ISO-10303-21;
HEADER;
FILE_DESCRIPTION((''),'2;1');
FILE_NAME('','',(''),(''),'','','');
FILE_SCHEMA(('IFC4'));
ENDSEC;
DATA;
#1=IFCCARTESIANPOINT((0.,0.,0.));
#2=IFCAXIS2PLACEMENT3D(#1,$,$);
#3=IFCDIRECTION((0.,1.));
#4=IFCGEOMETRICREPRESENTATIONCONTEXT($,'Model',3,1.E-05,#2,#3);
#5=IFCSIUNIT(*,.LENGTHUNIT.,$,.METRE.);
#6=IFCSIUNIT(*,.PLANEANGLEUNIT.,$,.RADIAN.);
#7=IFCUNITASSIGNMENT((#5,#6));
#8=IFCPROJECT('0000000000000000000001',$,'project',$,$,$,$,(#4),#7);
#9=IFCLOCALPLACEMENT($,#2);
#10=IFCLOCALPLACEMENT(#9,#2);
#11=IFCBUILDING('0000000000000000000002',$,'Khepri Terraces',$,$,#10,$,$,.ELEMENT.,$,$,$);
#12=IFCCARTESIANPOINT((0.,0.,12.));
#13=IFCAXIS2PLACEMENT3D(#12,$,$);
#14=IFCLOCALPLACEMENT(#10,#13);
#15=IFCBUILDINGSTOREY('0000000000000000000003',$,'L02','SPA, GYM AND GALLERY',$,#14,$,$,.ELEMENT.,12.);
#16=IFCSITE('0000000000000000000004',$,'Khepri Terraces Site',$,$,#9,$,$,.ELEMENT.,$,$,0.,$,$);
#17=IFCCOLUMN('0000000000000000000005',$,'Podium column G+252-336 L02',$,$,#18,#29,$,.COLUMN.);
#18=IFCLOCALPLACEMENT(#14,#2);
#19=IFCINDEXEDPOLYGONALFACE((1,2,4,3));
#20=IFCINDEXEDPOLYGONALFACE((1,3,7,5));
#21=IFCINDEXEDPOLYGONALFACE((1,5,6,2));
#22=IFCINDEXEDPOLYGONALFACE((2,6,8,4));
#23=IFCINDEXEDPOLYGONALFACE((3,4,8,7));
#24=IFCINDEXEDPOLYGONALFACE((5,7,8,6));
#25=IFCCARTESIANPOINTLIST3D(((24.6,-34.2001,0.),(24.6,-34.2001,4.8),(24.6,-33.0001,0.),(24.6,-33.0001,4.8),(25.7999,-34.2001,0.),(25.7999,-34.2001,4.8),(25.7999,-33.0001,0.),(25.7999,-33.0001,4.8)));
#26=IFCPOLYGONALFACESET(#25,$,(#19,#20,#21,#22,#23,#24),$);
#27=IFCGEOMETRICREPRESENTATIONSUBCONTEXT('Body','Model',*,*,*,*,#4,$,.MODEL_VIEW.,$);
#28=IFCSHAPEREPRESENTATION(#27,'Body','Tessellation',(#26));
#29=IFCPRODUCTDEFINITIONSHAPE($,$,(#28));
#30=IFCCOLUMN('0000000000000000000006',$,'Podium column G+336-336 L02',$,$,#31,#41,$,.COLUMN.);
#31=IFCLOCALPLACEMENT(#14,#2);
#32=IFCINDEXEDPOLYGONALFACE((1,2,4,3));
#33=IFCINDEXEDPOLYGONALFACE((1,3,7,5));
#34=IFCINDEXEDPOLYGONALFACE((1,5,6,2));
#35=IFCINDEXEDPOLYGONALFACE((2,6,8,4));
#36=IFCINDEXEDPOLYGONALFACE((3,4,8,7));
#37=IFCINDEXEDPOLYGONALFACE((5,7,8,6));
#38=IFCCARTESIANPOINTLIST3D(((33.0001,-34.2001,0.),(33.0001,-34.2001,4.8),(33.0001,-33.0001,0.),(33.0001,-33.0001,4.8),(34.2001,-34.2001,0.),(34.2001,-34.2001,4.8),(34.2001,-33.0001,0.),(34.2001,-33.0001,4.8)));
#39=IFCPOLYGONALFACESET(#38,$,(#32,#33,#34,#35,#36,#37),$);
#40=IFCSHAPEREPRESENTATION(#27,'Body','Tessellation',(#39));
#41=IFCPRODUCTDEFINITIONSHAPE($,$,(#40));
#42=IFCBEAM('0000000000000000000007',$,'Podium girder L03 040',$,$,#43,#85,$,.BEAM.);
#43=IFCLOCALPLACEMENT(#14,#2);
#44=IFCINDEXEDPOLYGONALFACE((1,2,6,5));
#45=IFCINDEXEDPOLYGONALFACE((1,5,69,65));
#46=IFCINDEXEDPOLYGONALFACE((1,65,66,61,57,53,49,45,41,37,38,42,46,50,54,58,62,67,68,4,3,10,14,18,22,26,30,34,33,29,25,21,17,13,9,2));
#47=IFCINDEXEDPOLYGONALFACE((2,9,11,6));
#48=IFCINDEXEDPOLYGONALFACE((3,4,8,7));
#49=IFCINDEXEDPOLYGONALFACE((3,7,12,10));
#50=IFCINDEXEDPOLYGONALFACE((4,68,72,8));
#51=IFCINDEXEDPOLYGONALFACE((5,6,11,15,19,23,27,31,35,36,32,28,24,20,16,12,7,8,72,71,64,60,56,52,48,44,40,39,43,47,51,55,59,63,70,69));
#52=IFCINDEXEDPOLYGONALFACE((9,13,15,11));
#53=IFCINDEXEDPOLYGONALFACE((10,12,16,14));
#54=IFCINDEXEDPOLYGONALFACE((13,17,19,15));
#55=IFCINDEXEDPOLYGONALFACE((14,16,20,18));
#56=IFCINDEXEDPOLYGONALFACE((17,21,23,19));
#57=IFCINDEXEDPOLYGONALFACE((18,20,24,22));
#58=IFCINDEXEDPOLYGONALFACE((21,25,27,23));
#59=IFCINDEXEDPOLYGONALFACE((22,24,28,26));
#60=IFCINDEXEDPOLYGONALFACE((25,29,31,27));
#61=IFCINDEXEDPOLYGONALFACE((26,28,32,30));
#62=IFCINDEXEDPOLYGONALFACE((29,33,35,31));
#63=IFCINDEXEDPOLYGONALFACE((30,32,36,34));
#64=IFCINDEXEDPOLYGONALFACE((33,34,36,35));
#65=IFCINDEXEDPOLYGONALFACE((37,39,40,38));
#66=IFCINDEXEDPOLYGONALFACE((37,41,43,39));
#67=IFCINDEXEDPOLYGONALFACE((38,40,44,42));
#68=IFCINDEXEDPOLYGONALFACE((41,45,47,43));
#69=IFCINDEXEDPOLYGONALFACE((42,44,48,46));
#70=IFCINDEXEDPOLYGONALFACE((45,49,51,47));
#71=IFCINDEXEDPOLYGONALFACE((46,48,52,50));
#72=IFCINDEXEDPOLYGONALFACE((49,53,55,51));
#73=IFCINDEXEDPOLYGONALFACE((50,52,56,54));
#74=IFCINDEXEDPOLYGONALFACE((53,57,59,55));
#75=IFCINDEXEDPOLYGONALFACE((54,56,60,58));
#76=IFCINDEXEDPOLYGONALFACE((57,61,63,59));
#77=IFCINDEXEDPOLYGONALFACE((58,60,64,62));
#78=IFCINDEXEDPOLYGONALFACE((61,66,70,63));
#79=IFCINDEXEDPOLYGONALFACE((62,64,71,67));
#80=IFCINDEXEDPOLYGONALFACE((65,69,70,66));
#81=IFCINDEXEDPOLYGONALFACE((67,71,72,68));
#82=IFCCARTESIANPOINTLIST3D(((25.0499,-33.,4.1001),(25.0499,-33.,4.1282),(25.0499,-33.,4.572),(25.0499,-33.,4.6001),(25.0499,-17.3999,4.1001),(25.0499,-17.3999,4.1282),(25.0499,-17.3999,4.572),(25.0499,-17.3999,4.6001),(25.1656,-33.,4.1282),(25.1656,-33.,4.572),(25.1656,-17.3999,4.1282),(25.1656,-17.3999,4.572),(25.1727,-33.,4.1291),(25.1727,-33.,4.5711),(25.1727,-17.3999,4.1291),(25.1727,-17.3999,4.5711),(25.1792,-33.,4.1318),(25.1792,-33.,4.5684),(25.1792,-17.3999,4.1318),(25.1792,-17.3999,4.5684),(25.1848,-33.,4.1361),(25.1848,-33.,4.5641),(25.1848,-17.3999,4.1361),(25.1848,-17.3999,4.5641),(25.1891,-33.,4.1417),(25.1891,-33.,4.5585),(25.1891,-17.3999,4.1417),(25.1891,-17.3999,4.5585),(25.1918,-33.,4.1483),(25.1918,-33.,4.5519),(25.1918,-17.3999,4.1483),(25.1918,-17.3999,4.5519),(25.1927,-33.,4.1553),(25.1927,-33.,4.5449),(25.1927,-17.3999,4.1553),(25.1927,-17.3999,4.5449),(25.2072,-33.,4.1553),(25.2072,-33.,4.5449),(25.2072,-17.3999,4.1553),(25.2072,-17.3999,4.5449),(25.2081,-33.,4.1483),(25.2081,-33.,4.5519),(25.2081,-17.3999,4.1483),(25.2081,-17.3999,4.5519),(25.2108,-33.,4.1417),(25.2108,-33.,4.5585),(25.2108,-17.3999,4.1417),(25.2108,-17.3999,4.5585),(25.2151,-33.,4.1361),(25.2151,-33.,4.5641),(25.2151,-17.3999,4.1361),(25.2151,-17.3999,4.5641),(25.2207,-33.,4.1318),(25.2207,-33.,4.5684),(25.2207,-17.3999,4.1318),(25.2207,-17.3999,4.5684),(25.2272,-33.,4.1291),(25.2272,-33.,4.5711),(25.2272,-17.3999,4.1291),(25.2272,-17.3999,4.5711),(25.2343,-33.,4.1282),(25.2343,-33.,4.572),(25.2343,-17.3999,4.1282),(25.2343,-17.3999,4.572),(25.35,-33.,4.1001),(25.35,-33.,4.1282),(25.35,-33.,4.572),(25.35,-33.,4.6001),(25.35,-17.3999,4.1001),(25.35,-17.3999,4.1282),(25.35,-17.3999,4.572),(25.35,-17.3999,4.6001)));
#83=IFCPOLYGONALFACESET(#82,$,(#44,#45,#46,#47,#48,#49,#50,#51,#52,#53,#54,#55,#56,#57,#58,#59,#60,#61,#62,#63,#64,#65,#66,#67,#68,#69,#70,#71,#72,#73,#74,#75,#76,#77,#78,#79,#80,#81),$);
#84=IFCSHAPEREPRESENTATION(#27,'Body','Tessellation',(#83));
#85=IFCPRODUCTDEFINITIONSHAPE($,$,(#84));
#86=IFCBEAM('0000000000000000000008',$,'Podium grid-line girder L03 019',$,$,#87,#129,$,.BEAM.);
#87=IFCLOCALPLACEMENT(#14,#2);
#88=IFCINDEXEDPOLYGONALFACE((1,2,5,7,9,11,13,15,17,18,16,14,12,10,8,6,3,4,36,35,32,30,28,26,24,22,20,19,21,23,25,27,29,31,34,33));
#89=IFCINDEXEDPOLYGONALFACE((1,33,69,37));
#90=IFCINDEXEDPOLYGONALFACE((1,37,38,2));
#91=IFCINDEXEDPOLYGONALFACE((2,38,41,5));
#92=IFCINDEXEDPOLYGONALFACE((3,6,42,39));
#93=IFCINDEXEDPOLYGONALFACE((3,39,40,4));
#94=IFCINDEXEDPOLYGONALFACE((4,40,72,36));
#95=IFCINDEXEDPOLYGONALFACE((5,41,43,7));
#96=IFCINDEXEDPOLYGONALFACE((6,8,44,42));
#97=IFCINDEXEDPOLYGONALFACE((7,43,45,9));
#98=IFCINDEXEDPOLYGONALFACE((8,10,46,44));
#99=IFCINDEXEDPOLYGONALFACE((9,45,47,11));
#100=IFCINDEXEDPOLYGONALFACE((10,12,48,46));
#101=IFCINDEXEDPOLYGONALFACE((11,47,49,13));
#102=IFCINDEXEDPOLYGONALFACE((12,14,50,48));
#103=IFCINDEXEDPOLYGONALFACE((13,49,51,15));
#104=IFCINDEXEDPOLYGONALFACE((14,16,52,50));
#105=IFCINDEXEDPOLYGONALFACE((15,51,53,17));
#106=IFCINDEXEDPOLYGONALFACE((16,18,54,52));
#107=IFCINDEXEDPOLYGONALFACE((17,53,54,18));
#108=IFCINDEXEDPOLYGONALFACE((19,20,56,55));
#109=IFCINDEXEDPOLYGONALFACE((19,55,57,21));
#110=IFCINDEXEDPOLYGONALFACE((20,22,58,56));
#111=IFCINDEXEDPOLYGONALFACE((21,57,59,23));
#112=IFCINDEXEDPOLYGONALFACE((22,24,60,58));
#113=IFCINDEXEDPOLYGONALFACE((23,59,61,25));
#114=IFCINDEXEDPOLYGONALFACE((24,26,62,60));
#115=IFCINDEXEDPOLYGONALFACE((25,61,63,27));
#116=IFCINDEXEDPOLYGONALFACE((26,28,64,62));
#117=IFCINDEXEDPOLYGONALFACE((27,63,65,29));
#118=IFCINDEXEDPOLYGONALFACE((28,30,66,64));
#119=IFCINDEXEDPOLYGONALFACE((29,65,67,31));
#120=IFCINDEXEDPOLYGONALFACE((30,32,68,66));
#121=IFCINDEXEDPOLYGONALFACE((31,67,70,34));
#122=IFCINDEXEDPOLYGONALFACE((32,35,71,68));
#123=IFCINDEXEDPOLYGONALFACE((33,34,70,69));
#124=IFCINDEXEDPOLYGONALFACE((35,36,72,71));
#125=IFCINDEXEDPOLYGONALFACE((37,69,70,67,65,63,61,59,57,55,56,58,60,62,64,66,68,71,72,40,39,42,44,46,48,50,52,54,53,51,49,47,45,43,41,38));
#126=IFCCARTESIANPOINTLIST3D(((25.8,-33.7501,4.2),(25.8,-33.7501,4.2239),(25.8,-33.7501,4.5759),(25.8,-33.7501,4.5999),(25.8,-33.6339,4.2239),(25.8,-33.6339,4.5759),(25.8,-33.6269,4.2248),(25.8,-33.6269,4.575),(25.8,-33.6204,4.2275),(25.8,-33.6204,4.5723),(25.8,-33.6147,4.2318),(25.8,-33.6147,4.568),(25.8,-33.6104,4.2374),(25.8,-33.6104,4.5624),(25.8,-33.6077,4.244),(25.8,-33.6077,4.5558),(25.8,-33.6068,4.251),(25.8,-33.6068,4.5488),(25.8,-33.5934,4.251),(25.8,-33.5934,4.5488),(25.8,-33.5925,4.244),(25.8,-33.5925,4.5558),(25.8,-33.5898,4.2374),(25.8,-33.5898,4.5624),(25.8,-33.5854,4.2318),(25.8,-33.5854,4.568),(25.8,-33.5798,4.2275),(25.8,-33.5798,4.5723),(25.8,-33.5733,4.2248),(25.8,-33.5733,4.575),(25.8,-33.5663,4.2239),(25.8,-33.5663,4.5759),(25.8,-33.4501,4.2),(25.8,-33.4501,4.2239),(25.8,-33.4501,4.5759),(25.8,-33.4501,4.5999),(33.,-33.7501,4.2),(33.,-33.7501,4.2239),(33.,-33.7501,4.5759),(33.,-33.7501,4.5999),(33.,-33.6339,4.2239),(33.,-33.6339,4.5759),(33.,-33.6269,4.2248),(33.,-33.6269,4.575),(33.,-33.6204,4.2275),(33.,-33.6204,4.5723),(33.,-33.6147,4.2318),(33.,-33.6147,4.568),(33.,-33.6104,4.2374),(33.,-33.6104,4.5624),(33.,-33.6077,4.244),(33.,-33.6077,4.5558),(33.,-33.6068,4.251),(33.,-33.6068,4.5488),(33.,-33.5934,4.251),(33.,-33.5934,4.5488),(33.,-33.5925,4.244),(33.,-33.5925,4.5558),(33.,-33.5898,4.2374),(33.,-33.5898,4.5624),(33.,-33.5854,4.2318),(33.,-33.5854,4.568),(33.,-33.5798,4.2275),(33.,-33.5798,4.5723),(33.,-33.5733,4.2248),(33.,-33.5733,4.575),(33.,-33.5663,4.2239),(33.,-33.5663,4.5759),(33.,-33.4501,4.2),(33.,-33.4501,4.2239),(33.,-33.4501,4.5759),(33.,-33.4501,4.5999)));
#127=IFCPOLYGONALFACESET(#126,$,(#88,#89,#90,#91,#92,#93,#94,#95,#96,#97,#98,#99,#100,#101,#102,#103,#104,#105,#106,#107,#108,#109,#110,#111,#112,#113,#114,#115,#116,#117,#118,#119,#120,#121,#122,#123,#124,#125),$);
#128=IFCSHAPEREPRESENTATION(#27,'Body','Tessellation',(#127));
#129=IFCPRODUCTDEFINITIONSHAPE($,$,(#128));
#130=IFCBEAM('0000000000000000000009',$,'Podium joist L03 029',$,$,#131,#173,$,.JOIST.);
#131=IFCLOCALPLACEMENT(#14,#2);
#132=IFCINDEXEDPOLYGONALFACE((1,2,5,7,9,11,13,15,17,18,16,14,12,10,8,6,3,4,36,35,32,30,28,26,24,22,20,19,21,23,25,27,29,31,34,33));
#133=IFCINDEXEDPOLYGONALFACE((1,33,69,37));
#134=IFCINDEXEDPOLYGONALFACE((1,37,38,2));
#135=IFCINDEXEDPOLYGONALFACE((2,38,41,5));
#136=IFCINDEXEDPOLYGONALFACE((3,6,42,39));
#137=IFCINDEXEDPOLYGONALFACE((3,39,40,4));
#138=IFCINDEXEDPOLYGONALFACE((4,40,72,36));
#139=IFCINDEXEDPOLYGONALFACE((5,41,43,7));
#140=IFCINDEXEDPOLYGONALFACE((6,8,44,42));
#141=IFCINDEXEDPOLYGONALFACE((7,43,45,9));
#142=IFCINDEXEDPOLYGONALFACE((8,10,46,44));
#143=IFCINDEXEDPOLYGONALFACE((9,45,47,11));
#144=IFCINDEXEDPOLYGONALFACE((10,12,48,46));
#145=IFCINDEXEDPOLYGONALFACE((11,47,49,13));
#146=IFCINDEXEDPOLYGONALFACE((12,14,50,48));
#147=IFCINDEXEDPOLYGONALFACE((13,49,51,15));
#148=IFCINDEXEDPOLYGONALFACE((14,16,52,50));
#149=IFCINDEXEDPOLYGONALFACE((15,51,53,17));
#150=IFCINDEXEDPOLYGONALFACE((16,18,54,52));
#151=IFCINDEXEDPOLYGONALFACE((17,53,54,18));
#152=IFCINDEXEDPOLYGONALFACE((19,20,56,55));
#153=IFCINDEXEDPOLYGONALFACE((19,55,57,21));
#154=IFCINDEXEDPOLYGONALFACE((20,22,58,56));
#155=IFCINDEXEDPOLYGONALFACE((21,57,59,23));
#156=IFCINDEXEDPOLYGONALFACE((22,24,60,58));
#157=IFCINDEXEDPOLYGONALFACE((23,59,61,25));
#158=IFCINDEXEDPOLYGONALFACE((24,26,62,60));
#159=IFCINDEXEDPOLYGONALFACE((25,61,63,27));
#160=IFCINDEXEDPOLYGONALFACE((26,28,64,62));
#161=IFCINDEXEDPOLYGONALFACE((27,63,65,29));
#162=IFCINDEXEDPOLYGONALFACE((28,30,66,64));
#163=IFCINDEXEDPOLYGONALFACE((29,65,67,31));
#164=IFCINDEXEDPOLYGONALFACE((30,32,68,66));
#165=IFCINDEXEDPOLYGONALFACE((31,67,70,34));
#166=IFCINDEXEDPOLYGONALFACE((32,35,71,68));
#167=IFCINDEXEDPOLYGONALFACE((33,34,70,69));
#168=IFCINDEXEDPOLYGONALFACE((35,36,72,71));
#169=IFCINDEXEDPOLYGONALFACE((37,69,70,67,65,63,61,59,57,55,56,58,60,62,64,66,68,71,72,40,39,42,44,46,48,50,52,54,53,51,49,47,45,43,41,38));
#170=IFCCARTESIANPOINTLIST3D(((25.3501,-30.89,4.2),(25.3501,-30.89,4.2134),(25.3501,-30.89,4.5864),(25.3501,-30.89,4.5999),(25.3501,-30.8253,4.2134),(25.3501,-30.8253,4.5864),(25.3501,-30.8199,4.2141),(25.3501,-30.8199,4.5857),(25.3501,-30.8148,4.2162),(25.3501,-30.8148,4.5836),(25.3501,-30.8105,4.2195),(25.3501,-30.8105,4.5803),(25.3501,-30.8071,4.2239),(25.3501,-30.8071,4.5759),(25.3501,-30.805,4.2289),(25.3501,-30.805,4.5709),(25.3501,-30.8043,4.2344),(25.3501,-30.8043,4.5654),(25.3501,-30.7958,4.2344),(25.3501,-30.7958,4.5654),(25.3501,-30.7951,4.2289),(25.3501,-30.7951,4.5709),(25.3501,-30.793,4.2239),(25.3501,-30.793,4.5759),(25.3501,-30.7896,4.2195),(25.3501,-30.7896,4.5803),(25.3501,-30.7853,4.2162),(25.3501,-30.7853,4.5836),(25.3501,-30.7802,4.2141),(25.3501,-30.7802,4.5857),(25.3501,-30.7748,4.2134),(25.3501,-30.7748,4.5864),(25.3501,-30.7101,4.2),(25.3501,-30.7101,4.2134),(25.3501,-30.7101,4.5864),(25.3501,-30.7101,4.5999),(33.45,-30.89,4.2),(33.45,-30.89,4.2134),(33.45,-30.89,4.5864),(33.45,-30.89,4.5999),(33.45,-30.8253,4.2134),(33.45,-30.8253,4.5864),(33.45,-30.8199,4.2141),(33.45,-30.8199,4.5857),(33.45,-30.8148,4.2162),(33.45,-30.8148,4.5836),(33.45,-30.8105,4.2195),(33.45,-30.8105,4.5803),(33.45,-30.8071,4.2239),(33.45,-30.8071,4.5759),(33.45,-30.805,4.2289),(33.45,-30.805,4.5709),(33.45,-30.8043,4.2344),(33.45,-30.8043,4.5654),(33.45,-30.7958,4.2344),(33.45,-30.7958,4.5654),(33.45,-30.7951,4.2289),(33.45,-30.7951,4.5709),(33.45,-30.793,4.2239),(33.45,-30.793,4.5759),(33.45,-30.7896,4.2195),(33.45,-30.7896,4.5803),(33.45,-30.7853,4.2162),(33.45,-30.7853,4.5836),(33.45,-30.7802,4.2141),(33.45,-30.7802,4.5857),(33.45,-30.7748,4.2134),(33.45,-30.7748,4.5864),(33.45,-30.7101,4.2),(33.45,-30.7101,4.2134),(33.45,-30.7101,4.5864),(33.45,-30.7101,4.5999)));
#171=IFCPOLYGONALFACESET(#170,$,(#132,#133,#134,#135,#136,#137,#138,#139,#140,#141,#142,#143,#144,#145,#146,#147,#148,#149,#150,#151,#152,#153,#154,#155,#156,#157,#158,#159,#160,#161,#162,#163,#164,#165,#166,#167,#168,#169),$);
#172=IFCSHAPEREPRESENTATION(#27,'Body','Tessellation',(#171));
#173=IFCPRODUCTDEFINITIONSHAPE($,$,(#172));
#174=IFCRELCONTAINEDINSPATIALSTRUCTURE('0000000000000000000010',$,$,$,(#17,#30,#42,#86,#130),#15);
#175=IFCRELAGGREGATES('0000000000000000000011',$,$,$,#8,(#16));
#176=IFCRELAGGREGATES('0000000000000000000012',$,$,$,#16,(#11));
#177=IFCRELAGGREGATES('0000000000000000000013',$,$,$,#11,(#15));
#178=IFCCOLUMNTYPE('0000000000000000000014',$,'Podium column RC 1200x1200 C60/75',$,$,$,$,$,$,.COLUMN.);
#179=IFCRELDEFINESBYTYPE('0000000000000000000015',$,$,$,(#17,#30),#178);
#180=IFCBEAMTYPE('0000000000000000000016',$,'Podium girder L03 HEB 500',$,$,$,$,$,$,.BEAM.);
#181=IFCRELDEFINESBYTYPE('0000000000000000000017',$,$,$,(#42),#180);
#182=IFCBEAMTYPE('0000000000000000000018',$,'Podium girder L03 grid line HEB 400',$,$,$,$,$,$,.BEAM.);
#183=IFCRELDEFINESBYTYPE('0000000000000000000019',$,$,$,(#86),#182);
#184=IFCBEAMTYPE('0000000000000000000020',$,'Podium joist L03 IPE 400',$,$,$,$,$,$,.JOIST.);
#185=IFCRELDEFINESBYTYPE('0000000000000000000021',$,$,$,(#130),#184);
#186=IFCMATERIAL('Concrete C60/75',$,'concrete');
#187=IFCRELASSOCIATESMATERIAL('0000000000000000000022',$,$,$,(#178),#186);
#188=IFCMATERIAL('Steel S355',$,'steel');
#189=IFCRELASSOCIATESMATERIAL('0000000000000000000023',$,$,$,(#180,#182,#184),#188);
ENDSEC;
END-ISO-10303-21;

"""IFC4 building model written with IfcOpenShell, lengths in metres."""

from ifc_helpers import new_model, si_unit, direction, frame, origin, origin_2d, place, context, subcontext, project, spatial, rectangle, i_section, extrude, material, material_profile, profile_set, type_object, element, save


model = new_model("IFC4")

# Units and contexts
model_context = context("Model", 3, precision=1e-05, world=origin(), true_north=direction((0.0, 1.0)))
body_context = subcontext(model_context, "Body", "Model", "MODEL_VIEW")
ifc_project = project(units=[si_unit("LENGTHUNIT", "METRE"), si_unit("PLANEANGLEUNIT", "RADIAN")], contexts=[model_context])

# Site, building, storey
site_placement = place(None, origin())
site = spatial("IfcSite", under=ifc_project, at=site_placement, Name="Khepri Terraces Site", CompositionType="ELEMENT", RefElevation=0.0)
building_placement = place(site_placement, origin())
building = spatial("IfcBuilding", under=site, at=building_placement, Name="Khepri Terraces", CompositionType="ELEMENT")
storey_placement = place(building_placement, frame((0.0, 0.0, 12.0)))
storey = spatial("IfcBuildingStorey", under=building, at=storey_placement, Name="L02", Description="SPA, GYM AND GALLERY", CompositionType="ELEMENT", Elevation=12.0)

# Columns
ifc_material_1 = material(Name="Concrete C60/75", Category="concrete")
ifc_material_profile_1 = material_profile(ifc_material_1, rectangle(XDim=1.2, YDim=1.2, at=origin_2d()), Name="Concrete C60/75", Category="concrete")
ifc_profile_set_1 = profile_set([ifc_material_profile_1], Name="Concrete C60/75")
column_type = type_object("IfcColumnType", Name="Podium column RC 1200x1200 C60/75", PredefinedType="COLUMN", material=ifc_profile_set_1)
for number, where, z_axis, x_axis, name in (
    (1, (25.2, -33.6001, 0.0), (0.0, 0.0, 1.0), (1.0, 0.0, 0.0), "Podium column G+252-336 L02"),
    (2, (33.6001, -33.6001, 0.0), (0.0, 0.0, 1.0), (1.0, 0.0, 0.0), "Podium column G+336-336 L02"),
):
    element("IfcColumn", number, at=place(storey_placement, frame(where, z_axis=z_axis, x_axis=x_axis)), inside=storey, type_object=column_type, Name=name, PredefinedType="COLUMN", context=body_context, shape_type="SweptSolid", body=[
        extrude(rectangle(XDim=1.2, YDim=1.2, at=origin_2d()), origin(), (0.0, 0.0, 1.0), 4.8),
    ])

# Beams
ifc_material_2 = material(Name="Steel S355", Category="steel")
ifc_material_profile_2 = material_profile(ifc_material_2, i_section(OverallWidth=0.3, OverallDepth=0.5, WebThickness=0.0144, FlangeThickness=0.0281, FilletRadius=0.0271, at=origin_2d()), Name="Steel S355", Category="steel")
ifc_profile_set_2 = profile_set([ifc_material_profile_2], Name="Steel S355")
beam_type_1 = type_object("IfcBeamType", Name="Podium girder L03 HEB 500", PredefinedType="BEAM", material=ifc_profile_set_2)
beam_1_placement = place(storey_placement, frame((25.2, -33.0, 4.3501), z_axis=(0.0, 1.0, 0.0), x_axis=(-1.0, 0.0, 0.0)))
element("IfcBeam", 3, at=beam_1_placement, inside=storey, type_object=beam_type_1, Name="Podium girder L03 040", PredefinedType="BEAM", context=body_context, shape_type="SweptSolid", body=[
    extrude(i_section(OverallWidth=0.3, OverallDepth=0.5, WebThickness=0.0144, FlangeThickness=0.0281, FilletRadius=0.0271, at=origin_2d()), origin(), (0.0, 0.0, 1.0), 15.6001),
])
ifc_material_profile_3 = material_profile(ifc_material_2, i_section(OverallWidth=0.3, OverallDepth=0.3999, WebThickness=0.0134, FlangeThickness=0.0239, FilletRadius=0.0271, at=origin_2d()), Name="Steel S355", Category="steel")
ifc_profile_set_3 = profile_set([ifc_material_profile_3], Name="Steel S355")
beam_type_2 = type_object("IfcBeamType", Name="Podium girder L03 grid line HEB 400", PredefinedType="BEAM", material=ifc_profile_set_3)
beam_2_placement = place(storey_placement, frame((25.8, -33.6001, 4.3999), z_axis=(1.0, 0.0, 0.0), x_axis=(0.0, 1.0, 0.0)))
element("IfcBeam", 4, at=beam_2_placement, inside=storey, type_object=beam_type_2, Name="Podium grid-line girder L03 019", PredefinedType="BEAM", context=body_context, shape_type="SweptSolid", body=[
    extrude(i_section(OverallWidth=0.3, OverallDepth=0.3999, WebThickness=0.0134, FlangeThickness=0.0239, FilletRadius=0.0271, at=origin_2d()), origin(), (0.0, 0.0, 1.0), 7.2),
])
ifc_material_profile_4 = material_profile(ifc_material_2, i_section(OverallWidth=0.1799, OverallDepth=0.3999, WebThickness=0.0085, FlangeThickness=0.0134, FilletRadius=0.021, at=origin_2d()), Name="Steel S355", Category="steel")
ifc_profile_set_4 = profile_set([ifc_material_profile_4], Name="Steel S355")
beam_type_3 = type_object("IfcBeamType", Name="Podium joist L03 IPE 400", PredefinedType="JOIST", material=ifc_profile_set_4)
for number, where, z_axis, x_axis, name in (
    (5, (25.3501, -30.8, 4.3999), (1.0, 0.0, 0.0), (0.0, 1.0, 0.0), "Podium joist L03 029"),
):
    element("IfcBeam", number, at=place(storey_placement, frame(where, z_axis=z_axis, x_axis=x_axis)), inside=storey, type_object=beam_type_3, Name=name, PredefinedType="JOIST", context=body_context, shape_type="SweptSolid", body=[
        extrude(i_section(OverallWidth=0.1799, OverallDepth=0.3999, WebThickness=0.0085, FlangeThickness=0.0134, FilletRadius=0.021, at=origin_2d()), origin(), (0.0, 0.0, 1.0), 8.0999),
    ])

save(model, "model.ifc")
